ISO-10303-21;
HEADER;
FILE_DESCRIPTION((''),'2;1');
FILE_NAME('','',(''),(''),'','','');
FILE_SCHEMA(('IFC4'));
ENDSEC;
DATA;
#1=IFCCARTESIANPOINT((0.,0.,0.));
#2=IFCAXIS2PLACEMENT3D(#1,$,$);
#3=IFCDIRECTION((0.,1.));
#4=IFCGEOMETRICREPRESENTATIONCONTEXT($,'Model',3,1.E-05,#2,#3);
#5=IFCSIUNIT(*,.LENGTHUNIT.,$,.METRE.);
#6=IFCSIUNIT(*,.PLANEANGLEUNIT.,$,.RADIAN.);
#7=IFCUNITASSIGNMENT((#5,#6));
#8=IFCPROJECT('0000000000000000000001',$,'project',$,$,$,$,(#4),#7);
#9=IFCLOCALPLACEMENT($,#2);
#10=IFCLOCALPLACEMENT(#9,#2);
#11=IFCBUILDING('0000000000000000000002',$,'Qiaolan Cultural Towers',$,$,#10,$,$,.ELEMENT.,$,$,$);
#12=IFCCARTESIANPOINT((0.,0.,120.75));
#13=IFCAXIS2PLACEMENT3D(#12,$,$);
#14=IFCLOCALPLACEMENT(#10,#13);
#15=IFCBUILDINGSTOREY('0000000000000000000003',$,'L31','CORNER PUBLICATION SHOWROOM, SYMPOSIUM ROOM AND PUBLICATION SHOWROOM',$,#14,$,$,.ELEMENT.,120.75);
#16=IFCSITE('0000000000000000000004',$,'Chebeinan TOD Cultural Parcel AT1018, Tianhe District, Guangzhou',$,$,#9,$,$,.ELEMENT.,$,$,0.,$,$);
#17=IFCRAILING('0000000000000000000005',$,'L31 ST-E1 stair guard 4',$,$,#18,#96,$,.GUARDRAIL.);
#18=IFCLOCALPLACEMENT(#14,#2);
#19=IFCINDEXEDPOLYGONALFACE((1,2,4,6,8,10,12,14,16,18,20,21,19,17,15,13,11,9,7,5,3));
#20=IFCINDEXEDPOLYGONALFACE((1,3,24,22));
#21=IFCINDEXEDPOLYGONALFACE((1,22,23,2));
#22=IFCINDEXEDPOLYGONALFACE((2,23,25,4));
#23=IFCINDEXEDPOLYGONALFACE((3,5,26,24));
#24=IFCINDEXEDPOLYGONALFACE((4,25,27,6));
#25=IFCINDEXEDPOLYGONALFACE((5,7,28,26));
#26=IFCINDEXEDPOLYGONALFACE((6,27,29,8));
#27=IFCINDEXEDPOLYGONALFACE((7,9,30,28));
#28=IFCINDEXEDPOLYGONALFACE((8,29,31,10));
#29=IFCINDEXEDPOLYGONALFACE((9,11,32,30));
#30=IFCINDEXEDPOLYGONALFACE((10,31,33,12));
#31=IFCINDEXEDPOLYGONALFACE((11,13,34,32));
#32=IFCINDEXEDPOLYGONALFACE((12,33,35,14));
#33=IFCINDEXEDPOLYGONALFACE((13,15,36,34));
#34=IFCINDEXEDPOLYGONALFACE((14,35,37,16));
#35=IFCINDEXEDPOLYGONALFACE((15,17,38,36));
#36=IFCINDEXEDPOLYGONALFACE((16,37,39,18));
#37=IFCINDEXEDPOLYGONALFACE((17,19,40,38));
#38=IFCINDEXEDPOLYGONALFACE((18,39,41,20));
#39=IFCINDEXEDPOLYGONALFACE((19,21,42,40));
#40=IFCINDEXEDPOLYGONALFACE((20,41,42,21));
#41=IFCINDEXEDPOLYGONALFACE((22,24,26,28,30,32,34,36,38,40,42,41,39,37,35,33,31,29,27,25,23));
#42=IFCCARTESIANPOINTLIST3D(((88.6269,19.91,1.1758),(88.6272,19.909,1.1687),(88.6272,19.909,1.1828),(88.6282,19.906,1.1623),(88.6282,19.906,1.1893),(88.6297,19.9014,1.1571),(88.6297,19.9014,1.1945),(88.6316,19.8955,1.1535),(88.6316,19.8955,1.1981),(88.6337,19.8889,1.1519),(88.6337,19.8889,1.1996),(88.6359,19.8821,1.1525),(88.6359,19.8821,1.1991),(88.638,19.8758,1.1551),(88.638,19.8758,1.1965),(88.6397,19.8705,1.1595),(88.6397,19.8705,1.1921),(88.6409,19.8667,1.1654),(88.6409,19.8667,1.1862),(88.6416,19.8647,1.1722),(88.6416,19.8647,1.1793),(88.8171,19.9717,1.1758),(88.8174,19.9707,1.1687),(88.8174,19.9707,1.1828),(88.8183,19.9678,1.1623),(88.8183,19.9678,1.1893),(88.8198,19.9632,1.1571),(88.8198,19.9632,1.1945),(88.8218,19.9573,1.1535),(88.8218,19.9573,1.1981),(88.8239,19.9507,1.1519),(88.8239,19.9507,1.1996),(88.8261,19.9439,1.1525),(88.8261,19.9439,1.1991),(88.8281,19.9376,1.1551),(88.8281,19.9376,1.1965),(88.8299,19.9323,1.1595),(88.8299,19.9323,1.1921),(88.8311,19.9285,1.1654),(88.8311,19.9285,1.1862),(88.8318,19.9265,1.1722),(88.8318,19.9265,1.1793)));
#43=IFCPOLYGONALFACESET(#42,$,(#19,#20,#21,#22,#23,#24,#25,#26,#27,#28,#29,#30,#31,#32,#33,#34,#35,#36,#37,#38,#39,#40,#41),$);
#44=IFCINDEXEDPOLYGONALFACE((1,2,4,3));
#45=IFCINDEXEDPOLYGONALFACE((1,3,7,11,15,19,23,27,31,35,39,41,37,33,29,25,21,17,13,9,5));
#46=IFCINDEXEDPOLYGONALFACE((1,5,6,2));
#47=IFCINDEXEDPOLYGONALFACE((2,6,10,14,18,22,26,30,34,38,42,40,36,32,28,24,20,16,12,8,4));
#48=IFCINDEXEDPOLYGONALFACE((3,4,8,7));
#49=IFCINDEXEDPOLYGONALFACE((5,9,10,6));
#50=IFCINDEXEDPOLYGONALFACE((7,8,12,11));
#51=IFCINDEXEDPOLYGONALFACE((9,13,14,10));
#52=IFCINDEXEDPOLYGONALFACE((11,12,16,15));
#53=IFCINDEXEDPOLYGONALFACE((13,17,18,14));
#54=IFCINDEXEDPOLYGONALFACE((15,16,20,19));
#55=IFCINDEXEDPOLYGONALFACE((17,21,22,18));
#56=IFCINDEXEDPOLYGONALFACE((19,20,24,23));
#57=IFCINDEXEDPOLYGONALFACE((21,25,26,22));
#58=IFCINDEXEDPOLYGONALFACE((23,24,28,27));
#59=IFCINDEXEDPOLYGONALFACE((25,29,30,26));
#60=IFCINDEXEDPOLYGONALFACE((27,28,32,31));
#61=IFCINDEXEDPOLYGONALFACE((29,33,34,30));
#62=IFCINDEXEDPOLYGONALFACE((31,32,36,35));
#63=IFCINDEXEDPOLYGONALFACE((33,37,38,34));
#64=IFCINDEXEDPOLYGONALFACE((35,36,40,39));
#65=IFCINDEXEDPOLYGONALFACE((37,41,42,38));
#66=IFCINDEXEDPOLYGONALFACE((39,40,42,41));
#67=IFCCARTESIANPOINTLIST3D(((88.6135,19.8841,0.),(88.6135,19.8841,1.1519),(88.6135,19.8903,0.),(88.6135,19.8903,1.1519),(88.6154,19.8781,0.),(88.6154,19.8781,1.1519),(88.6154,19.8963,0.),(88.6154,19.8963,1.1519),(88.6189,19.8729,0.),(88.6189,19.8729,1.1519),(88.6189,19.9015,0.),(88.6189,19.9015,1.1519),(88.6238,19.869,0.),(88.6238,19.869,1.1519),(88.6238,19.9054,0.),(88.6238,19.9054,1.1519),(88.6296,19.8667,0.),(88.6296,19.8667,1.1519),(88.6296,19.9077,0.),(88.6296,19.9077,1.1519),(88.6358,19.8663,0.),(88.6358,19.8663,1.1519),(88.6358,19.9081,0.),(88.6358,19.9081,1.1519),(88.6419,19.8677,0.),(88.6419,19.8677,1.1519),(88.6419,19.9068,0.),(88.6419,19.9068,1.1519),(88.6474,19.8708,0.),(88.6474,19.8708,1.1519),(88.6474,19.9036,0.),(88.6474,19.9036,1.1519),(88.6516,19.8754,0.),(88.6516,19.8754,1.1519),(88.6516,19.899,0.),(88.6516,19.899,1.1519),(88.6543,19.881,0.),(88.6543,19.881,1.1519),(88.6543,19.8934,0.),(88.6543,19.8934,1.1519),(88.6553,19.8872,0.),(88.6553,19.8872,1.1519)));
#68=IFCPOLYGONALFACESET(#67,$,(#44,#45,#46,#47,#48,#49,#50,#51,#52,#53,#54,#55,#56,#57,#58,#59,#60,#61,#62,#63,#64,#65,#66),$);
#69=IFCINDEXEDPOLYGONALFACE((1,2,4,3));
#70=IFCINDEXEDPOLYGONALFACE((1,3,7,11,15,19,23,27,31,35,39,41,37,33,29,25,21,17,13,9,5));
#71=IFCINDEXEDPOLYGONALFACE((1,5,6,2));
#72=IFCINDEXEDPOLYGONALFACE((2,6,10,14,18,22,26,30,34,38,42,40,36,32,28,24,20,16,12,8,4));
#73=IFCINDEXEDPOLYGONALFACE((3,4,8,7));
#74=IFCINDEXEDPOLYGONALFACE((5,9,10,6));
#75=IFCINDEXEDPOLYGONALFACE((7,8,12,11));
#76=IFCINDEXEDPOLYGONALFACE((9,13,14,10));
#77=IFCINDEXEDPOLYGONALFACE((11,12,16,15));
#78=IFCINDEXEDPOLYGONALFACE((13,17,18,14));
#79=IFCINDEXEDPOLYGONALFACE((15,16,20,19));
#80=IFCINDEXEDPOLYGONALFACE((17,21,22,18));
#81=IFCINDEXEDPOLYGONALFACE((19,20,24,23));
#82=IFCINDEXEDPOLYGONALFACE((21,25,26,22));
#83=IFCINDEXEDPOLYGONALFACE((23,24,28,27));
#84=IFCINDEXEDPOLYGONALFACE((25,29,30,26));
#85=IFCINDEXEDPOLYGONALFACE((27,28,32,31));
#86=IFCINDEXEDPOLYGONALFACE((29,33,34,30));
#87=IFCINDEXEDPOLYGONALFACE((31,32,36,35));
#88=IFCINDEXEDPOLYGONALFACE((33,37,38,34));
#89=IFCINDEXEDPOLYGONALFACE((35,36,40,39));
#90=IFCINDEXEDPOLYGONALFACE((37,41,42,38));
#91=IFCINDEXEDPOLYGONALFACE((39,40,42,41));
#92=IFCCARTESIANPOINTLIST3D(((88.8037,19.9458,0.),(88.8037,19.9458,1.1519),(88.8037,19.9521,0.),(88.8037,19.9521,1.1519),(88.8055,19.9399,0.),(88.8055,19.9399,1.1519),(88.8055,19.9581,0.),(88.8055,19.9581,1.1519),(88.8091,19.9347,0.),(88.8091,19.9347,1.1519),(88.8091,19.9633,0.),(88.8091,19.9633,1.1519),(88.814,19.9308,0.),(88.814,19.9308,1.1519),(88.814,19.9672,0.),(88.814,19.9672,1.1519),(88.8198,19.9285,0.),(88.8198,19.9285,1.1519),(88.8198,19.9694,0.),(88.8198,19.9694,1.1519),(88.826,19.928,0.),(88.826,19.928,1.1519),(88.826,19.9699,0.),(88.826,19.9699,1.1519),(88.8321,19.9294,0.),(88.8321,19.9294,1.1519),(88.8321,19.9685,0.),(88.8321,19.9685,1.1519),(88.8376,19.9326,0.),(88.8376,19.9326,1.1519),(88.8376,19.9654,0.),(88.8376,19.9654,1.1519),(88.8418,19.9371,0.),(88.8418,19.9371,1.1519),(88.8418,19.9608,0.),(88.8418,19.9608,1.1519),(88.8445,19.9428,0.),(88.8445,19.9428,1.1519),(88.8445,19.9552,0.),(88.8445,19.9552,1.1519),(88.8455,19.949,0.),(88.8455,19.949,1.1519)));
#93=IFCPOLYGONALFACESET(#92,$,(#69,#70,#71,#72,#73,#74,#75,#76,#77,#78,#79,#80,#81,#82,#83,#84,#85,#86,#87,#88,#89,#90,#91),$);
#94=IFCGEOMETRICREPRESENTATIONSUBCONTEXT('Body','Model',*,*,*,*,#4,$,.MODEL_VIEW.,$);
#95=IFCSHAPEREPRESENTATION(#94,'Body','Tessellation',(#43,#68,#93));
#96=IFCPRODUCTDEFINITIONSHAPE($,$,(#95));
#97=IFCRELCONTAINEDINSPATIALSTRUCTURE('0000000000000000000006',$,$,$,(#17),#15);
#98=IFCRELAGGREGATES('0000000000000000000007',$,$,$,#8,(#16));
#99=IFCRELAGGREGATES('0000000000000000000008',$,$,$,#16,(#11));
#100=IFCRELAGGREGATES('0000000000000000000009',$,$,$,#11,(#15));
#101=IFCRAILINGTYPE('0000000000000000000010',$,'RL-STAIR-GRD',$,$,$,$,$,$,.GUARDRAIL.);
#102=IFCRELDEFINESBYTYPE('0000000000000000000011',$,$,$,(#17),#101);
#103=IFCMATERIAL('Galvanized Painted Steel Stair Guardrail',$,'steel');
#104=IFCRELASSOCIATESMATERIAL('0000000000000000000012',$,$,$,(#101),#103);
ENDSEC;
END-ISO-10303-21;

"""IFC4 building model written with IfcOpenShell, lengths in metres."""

from ifc_helpers import new_model, si_unit, direction, frame, origin, origin_2d, place, context, subcontext, project, spatial, circle, extrude, material, type_object, element, save


model = new_model("IFC4")

# Units and contexts
model_context = context("Model", 3, precision=1e-05, world=origin(), true_north=direction((0.0, 1.0)))
body_context = subcontext(model_context, "Body", "Model", "MODEL_VIEW")
ifc_project = project(units=[si_unit("LENGTHUNIT", "METRE"), si_unit("PLANEANGLEUNIT", "RADIAN")], contexts=[model_context])

# Site, building, storey
site_placement = place(None, origin())
site = spatial("IfcSite", under=ifc_project, at=site_placement, Name="Chebeinan TOD Cultural Parcel AT1018, Tianhe District, Guangzhou", CompositionType="ELEMENT", RefElevation=0.0)
building_placement = place(site_placement, origin())
building = spatial("IfcBuilding", under=site, at=building_placement, Name="Qiaolan Cultural Towers", CompositionType="ELEMENT")
storey_placement = place(building_placement, frame((0.0, 0.0, 120.75)))
storey = spatial("IfcBuildingStorey", under=building, at=storey_placement, Name="L31", Description="CORNER PUBLICATION SHOWROOM, SYMPOSIUM ROOM AND PUBLICATION SHOWROOM", CompositionType="ELEMENT", Elevation=120.75)

# Railing
ifc_material_1 = material(Name="Galvanized Painted Steel Stair Guardrail", Category="steel")
railing_type_1 = type_object("IfcRailingType", Name="RL-STAIR-GRD", PredefinedType="GUARDRAIL", material=ifc_material_1)
railing_1_placement = place(storey_placement, frame((88.6343, 19.8872, 0.0)))
element("IfcRailing", 1, at=railing_1_placement, inside=storey, type_object=railing_type_1, Name="L31 ST-E1 stair guard 4", PredefinedType="GUARDRAIL", context=body_context, shape_type="SweptSolid", body=[
    extrude(circle(Radius=0.0239, at=origin_2d()), frame((0.0, 0.0, 1.1758), z_axis=(0.951097, 0.308893, 0.0), x_axis=(-0.308893, 0.951097, 0.0)), (0.0, 0.0, 1.0), 0.2),
    extrude(circle(Radius=0.021, at=origin_2d()), origin(), (0.0, 0.0, 1.0), 1.1519),
    extrude(circle(Radius=0.021, at=origin_2d()), frame((0.1902, 0.0618, 0.0)), (0.0, 0.0, 1.0), 1.1519),
])

save(model, "model.ifc")
